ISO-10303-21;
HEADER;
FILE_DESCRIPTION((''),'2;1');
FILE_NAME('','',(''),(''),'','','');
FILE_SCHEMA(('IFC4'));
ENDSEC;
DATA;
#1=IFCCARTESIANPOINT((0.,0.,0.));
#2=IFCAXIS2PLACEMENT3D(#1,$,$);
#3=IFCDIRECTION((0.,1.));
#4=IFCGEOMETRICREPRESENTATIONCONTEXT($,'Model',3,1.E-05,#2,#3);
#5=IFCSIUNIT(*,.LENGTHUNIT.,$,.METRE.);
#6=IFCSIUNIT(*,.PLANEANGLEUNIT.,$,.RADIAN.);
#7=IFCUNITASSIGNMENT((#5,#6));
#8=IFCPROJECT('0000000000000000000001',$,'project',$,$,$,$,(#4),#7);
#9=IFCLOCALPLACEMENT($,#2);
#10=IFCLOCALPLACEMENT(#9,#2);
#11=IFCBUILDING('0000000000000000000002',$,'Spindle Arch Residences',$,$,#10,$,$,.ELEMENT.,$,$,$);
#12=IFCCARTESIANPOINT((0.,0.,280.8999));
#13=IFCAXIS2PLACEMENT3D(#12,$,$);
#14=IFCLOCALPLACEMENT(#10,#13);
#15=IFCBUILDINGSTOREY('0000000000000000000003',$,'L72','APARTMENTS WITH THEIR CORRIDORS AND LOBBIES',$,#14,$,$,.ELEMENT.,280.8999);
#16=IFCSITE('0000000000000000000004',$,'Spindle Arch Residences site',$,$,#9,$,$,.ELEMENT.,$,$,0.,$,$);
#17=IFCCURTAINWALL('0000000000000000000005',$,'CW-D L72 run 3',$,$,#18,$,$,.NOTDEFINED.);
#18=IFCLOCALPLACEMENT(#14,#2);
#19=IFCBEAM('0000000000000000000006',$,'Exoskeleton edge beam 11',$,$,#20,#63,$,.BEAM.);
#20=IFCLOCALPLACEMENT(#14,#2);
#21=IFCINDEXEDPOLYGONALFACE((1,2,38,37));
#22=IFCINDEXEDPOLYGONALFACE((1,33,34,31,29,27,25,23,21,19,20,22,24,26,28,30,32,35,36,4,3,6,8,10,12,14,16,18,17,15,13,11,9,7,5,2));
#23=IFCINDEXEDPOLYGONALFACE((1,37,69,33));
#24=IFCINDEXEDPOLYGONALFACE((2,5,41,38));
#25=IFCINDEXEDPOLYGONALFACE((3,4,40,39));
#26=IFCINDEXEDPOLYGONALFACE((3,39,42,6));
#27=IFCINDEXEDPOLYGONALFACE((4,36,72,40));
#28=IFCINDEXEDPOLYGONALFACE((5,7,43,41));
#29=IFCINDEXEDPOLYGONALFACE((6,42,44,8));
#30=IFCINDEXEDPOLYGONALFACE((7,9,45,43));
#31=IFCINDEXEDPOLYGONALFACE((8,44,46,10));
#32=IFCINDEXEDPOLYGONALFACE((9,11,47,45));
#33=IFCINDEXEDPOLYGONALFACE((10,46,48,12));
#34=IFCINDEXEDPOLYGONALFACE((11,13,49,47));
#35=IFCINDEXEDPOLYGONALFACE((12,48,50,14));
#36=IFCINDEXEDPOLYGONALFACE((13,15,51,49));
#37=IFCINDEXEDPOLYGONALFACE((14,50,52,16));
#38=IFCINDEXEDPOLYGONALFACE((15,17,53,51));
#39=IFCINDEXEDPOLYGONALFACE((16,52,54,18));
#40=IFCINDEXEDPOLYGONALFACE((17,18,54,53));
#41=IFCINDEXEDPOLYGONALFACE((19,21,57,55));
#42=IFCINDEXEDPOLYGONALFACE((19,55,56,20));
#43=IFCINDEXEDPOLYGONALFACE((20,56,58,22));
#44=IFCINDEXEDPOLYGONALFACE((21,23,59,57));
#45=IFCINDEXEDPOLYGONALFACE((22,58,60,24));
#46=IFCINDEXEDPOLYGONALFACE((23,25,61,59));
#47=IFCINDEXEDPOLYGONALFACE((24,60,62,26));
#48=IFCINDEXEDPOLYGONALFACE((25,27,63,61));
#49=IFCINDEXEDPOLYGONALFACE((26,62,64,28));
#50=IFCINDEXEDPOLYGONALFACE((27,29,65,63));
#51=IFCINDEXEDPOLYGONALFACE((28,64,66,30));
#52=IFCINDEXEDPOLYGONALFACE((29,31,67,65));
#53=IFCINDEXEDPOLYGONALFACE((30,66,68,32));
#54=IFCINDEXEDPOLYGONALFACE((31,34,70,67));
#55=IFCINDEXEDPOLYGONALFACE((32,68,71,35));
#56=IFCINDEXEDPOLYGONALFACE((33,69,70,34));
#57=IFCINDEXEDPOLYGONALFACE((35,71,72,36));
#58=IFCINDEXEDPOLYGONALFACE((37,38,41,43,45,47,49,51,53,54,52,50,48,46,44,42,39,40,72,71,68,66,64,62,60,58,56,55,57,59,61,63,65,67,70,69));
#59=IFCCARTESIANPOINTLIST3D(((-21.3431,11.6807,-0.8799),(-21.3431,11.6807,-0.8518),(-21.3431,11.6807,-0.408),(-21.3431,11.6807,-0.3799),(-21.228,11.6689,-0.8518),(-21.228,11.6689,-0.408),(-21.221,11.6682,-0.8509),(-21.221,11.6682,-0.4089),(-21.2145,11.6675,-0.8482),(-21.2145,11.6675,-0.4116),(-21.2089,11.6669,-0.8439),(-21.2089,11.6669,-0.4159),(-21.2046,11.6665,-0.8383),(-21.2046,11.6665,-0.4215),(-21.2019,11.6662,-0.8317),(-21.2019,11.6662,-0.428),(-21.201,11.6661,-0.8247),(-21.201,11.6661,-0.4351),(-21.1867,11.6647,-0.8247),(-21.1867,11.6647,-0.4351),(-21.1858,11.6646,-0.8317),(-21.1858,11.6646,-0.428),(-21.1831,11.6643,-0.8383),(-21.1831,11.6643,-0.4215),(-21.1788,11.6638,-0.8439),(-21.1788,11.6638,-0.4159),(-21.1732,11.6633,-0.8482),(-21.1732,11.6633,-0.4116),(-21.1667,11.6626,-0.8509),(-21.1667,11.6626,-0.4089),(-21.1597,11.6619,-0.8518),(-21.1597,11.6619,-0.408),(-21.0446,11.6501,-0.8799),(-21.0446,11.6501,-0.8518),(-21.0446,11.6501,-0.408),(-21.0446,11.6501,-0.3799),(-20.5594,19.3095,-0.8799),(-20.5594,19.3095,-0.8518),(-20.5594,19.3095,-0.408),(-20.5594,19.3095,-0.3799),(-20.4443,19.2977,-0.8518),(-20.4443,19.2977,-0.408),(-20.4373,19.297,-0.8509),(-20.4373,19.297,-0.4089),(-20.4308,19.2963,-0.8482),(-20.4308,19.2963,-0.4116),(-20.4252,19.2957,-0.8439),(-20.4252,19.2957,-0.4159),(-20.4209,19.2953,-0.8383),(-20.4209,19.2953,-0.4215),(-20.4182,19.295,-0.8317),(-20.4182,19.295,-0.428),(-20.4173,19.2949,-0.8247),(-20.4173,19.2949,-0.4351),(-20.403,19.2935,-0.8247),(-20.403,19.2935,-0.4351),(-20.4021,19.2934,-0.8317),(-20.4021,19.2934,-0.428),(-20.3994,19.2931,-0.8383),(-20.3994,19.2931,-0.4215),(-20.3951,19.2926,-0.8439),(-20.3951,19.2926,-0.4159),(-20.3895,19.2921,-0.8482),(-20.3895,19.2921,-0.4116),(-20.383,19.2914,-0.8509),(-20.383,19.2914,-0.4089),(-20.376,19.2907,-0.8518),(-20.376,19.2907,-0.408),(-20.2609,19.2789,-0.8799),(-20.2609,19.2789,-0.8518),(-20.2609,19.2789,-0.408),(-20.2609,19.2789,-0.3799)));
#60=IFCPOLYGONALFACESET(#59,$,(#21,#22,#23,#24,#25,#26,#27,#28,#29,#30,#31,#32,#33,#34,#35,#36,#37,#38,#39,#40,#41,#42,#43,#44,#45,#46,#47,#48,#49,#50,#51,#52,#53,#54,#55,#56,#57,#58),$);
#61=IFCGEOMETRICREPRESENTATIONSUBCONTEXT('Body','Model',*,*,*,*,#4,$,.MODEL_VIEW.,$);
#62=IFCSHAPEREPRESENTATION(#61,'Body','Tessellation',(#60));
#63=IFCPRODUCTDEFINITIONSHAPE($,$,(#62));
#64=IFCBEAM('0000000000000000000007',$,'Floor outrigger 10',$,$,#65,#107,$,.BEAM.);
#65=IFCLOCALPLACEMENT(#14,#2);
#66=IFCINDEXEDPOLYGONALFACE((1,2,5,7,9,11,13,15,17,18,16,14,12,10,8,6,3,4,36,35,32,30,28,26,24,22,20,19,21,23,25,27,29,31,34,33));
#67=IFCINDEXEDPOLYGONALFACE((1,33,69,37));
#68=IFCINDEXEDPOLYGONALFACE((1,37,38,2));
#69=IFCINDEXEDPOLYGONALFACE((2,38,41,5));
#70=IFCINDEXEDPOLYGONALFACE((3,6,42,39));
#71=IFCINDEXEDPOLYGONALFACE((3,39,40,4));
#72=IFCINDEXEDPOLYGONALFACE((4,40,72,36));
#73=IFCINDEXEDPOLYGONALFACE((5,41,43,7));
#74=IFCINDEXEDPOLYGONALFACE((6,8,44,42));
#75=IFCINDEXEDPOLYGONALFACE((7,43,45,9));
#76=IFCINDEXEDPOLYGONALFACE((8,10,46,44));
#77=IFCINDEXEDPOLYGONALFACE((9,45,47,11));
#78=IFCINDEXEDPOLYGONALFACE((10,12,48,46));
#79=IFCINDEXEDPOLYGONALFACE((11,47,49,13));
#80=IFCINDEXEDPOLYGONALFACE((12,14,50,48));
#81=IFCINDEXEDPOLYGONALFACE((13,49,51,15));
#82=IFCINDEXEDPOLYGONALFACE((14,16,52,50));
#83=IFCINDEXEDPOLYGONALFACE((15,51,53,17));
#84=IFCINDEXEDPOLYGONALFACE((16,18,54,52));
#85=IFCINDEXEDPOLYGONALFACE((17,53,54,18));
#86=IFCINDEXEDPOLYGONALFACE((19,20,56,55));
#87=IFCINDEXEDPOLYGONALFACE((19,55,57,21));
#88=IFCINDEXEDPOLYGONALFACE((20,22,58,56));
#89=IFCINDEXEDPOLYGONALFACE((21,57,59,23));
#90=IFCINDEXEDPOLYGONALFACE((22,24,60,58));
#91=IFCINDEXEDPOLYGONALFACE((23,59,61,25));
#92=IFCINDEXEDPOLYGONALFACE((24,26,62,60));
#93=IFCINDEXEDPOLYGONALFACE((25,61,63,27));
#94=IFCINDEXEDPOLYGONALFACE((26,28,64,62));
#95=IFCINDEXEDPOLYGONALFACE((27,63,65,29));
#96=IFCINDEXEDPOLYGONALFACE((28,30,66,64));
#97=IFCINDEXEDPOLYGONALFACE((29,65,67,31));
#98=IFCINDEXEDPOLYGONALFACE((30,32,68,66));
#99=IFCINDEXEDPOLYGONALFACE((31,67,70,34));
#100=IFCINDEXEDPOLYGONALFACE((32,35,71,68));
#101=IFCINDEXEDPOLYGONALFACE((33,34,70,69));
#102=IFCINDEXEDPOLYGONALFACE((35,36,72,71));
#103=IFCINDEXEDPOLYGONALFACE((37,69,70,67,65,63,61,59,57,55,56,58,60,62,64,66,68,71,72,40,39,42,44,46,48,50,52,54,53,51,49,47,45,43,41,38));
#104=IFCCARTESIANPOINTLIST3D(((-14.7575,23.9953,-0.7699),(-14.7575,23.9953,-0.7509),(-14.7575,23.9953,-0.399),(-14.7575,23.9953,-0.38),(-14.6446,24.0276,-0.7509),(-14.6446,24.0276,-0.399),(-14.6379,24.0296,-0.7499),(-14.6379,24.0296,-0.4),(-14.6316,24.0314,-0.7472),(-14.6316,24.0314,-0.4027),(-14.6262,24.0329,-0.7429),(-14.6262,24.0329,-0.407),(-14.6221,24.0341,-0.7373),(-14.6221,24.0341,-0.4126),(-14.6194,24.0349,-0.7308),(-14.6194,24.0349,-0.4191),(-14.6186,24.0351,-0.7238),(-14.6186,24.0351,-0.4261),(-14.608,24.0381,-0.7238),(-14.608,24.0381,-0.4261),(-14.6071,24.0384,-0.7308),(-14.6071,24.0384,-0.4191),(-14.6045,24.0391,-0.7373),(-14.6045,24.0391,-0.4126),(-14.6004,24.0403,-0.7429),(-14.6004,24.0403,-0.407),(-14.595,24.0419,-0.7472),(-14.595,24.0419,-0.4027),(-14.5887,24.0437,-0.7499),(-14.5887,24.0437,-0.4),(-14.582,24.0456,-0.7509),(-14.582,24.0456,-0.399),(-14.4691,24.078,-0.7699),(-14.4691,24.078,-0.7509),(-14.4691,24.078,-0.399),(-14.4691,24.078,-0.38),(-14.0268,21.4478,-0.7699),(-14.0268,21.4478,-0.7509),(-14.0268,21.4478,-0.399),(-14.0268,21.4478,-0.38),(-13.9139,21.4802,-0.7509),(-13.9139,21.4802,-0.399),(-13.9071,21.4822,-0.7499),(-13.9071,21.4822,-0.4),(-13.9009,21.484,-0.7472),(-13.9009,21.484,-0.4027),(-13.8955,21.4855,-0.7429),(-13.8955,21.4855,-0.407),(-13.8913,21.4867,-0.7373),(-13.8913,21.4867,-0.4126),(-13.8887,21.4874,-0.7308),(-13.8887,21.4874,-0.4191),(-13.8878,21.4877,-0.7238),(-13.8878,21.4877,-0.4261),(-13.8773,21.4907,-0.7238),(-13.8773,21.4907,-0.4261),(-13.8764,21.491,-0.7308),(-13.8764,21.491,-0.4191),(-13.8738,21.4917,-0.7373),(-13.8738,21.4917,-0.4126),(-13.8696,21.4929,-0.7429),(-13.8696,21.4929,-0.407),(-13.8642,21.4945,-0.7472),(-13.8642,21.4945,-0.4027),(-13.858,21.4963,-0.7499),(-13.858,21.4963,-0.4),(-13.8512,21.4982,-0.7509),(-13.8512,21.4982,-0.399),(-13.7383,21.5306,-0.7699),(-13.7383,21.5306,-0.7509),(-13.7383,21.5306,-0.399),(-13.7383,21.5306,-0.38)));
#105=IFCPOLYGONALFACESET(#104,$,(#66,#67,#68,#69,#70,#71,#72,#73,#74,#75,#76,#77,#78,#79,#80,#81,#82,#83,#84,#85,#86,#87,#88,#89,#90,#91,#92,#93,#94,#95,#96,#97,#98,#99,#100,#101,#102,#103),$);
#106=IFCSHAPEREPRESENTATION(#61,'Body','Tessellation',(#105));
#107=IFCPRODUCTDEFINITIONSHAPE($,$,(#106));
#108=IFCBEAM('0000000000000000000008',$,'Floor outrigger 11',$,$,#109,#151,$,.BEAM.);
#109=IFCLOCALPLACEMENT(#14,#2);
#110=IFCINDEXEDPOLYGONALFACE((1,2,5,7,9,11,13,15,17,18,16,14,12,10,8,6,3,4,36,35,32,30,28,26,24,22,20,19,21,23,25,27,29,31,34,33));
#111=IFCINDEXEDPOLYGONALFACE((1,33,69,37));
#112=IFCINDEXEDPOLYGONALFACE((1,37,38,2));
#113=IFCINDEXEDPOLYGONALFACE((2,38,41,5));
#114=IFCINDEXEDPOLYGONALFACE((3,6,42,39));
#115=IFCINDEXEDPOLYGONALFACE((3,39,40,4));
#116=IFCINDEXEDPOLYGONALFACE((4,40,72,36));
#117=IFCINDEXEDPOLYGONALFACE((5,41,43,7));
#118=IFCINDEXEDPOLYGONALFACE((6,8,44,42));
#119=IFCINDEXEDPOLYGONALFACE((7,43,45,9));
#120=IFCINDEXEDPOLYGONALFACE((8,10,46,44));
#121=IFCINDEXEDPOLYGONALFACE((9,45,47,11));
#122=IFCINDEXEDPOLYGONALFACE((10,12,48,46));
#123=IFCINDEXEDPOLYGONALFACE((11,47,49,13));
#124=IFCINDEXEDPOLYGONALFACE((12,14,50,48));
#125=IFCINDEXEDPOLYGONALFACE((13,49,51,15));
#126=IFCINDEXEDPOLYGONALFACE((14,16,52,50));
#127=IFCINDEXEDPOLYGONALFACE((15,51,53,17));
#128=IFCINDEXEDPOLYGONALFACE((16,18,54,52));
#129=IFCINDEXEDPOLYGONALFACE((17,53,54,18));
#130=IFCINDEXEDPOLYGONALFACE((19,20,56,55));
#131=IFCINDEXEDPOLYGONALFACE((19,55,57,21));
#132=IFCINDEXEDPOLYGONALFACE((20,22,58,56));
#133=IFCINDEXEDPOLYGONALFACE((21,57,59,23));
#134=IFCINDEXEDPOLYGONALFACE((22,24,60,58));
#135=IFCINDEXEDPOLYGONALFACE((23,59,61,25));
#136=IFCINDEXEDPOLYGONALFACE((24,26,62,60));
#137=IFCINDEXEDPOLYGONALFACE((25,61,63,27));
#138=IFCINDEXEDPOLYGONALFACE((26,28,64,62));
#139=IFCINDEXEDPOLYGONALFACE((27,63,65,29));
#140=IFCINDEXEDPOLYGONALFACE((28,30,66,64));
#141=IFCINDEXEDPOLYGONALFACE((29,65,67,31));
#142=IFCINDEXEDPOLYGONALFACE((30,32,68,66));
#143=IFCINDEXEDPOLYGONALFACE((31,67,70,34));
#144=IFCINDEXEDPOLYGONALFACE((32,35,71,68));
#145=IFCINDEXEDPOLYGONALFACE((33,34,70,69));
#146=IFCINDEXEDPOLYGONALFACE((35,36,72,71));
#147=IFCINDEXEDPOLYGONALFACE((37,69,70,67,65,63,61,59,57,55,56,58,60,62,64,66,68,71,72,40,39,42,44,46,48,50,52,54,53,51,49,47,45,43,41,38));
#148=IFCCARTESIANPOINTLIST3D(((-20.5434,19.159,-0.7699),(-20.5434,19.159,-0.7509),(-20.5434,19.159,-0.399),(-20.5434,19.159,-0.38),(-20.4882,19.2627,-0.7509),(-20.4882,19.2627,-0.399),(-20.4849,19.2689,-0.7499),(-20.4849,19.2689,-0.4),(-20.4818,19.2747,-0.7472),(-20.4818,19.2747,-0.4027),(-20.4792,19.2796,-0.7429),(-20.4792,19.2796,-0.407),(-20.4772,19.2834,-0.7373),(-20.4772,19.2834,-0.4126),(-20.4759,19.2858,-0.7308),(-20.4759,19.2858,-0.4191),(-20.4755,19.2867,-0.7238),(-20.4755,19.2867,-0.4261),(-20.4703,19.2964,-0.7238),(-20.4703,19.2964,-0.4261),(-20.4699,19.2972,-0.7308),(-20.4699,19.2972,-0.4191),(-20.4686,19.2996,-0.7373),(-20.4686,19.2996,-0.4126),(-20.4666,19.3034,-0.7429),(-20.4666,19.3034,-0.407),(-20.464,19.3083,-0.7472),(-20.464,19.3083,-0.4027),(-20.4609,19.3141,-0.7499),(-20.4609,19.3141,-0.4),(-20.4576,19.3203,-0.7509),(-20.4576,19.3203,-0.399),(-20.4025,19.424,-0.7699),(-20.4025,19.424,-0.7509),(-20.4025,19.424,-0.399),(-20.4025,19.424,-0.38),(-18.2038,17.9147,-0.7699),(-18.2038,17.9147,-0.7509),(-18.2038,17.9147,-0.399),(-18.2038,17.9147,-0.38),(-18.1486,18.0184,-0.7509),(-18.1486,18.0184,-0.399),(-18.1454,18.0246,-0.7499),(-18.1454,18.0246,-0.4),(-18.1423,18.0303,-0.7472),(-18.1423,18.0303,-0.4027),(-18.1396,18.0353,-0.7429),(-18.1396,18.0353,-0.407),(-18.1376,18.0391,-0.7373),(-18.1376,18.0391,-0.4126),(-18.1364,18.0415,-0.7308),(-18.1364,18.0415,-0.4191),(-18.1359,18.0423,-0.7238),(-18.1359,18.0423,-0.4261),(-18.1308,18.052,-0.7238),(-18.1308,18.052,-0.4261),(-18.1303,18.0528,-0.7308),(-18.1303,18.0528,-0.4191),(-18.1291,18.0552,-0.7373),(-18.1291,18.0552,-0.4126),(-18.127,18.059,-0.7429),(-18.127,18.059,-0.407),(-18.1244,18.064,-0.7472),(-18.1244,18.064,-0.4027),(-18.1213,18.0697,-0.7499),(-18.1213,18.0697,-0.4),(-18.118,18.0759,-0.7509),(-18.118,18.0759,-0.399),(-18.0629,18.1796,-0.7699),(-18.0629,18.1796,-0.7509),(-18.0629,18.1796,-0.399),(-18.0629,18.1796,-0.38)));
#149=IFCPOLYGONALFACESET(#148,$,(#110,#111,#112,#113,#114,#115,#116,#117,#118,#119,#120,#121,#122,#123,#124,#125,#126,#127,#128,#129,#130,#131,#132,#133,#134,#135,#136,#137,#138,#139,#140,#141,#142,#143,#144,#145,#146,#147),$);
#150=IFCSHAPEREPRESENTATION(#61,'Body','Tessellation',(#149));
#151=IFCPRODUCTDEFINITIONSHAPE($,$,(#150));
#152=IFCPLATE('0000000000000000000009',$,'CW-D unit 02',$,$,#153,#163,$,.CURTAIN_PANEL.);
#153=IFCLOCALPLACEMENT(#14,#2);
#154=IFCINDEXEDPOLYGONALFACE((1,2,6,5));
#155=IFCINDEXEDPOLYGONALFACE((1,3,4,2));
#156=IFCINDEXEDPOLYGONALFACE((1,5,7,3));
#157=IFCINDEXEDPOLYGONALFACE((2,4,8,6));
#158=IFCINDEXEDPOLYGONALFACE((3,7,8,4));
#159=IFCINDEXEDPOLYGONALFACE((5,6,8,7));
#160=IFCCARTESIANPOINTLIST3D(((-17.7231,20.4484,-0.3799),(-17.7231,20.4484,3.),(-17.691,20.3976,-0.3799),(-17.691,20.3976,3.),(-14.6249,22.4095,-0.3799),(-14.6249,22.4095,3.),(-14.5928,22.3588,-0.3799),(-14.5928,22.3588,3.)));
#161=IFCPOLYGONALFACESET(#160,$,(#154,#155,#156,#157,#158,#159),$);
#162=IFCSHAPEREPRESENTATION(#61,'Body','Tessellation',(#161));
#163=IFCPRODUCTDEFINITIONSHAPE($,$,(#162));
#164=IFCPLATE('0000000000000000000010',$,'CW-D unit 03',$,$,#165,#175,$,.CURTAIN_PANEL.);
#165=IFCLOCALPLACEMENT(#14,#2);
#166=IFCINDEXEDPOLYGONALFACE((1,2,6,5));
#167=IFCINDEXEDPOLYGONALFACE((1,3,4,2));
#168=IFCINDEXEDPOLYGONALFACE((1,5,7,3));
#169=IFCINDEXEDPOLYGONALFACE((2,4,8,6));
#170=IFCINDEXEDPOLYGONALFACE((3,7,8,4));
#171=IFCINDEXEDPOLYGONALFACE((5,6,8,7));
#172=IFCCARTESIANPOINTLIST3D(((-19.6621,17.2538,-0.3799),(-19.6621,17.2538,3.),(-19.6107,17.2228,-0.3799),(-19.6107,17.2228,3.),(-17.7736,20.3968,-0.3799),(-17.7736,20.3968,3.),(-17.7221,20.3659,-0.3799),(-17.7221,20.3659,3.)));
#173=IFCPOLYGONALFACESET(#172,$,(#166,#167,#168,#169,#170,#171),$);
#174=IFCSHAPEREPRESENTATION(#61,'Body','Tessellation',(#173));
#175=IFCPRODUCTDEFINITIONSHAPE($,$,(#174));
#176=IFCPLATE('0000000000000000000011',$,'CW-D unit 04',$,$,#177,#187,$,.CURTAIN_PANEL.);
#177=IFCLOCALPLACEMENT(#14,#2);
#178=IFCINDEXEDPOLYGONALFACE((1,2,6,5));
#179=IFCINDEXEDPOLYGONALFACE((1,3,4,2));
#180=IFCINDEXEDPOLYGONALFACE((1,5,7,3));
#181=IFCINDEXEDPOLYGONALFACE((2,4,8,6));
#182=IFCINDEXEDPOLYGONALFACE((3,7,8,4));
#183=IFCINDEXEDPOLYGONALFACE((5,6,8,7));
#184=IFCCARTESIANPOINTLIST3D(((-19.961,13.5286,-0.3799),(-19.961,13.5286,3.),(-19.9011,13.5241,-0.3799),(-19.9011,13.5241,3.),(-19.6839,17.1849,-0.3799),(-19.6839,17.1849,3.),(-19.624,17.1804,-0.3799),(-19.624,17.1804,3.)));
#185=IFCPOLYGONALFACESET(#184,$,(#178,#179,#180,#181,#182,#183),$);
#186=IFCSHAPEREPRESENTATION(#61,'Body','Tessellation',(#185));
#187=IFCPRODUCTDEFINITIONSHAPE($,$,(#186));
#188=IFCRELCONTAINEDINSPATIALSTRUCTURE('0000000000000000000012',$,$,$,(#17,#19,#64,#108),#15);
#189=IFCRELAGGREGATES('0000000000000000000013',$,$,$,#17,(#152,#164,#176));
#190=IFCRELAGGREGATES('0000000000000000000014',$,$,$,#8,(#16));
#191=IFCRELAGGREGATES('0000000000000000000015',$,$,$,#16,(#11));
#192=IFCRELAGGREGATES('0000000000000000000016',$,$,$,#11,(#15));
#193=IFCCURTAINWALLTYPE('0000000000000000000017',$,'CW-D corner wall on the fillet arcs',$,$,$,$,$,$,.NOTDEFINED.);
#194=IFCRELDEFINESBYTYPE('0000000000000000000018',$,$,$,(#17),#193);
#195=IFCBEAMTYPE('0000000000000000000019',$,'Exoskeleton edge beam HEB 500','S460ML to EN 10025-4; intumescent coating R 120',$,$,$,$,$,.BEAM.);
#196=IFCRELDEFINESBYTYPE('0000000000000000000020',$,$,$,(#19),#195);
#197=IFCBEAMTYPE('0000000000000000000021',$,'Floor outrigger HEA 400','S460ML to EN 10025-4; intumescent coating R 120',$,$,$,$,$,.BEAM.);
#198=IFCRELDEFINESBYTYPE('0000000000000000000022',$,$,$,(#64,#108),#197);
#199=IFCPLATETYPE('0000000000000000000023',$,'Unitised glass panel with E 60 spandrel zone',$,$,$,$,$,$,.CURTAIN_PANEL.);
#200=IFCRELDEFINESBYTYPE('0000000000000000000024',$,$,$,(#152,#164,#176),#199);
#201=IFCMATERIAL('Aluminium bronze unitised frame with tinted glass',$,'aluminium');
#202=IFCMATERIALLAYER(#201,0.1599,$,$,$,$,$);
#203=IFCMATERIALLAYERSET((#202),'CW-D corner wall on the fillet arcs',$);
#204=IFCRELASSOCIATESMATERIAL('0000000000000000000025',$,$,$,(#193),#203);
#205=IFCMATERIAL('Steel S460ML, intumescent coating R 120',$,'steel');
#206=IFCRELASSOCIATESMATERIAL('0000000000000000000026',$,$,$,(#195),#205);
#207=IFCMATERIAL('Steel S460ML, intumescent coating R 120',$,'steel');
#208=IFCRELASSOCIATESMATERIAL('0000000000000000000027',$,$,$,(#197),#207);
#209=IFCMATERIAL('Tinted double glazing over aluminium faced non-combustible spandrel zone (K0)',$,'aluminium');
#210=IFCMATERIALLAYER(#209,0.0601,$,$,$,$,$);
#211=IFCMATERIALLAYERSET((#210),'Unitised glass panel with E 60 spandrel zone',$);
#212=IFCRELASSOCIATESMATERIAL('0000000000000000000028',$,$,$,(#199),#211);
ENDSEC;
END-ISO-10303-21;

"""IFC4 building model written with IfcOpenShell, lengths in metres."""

from ifc_helpers import new_model, si_unit, direction, frame, origin, origin_2d, place, context, subcontext, project, spatial, rectangle, i_section, extrude, material, layer, layer_set, material_profile, profile_set, type_object, element, aggregate, save


model = new_model("IFC4")

# Units and contexts
model_context = context("Model", 3, precision=1e-05, world=origin(), true_north=direction((0.0, 1.0)))
body_context = subcontext(model_context, "Body", "Model", "MODEL_VIEW")
ifc_project = project(units=[si_unit("LENGTHUNIT", "METRE"), si_unit("PLANEANGLEUNIT", "RADIAN")], contexts=[model_context])

# Site, building, storey
site_placement = place(None, origin())
site = spatial("IfcSite", under=ifc_project, at=site_placement, Name="Spindle Arch Residences site", CompositionType="ELEMENT", RefElevation=0.0)
building_placement = place(site_placement, origin())
building = spatial("IfcBuilding", under=site, at=building_placement, Name="Spindle Arch Residences", CompositionType="ELEMENT")
storey_placement = place(building_placement, frame((0.0, 0.0, 280.8999)))
storey = spatial("IfcBuildingStorey", under=building, at=storey_placement, Name="L72", Description="APARTMENTS WITH THEIR CORRIDORS AND LOBBIES", CompositionType="ELEMENT", Elevation=280.8999)

# Curtain wall
ifc_material_1 = material(Name="Aluminium bronze unitised frame with tinted glass", Category="aluminium")
ifc_layer_1 = layer(ifc_material_1, 0.1599)
ifc_layer_set_1 = layer_set([ifc_layer_1], Name="CW-D corner wall on the fillet arcs")
curtain_wall_type = type_object("IfcCurtainWallType", Name="CW-D corner wall on the fillet arcs", PredefinedType="NOTDEFINED", material=ifc_layer_set_1)
curtain_wall_placement = place(storey_placement, origin())
curtain_wall = element("IfcCurtainWall", 1, at=curtain_wall_placement, inside=storey, type_object=curtain_wall_type, Name="CW-D L72 run 3", PredefinedType="NOTDEFINED")

# Beams
ifc_material_2 = material(Name="Steel S460ML, intumescent coating R 120", Category="steel")
ifc_material_profile_1 = material_profile(ifc_material_2, i_section(OverallWidth=0.3, OverallDepth=0.5, WebThickness=0.0144, FlangeThickness=0.0281, FilletRadius=0.0271, at=origin_2d()), Name="HEB 500")
ifc_profile_set_1 = profile_set([ifc_material_profile_1], Name="Steel S460ML, intumescent coating R 120")
beam_type_1 = type_object("IfcBeamType", Name="Exoskeleton edge beam HEB 500", Description="S460ML to EN 10025-4; intumescent coating R 120", PredefinedType="BEAM", material=ifc_profile_set_1)
beam_1_placement = place(storey_placement, frame((-20.4102, 19.2942, -0.6299), z_axis=(-0.102189, -0.994765, 0.0), x_axis=(0.994765, -0.102189, 0.0)))
element("IfcBeam", 2, at=beam_1_placement, inside=storey, type_object=beam_type_1, Name="Exoskeleton edge beam 11", PredefinedType="BEAM", context=body_context, shape_type="SweptSolid", body=[
    extrude(i_section(OverallWidth=0.3, OverallDepth=0.5, WebThickness=0.0144, FlangeThickness=0.0281, FilletRadius=0.0271, at=origin_2d()), origin(), (0.0, 0.0, 1.0), 7.6689),
])
ifc_material_3 = material(Name="Steel S460ML, intumescent coating R 120", Category="steel")
ifc_material_profile_2 = material_profile(ifc_material_3, i_section(OverallWidth=0.3, OverallDepth=0.3899, WebThickness=0.011, FlangeThickness=0.019, FilletRadius=0.0271, at=origin_2d()), Name="HEA 400")
ifc_profile_set_2 = profile_set([ifc_material_profile_2], Name="Steel S460ML, intumescent coating R 120")
beam_type_2 = type_object("IfcBeamType", Name="Floor outrigger HEA 400", Description="S460ML to EN 10025-4; intumescent coating R 120", PredefinedType="BEAM", material=ifc_profile_set_2)
beam_2_placement = place(storey_placement, frame((-14.6133, 24.0366, -0.575), z_axis=(0.275731, -0.961235, 0.0), x_axis=(0.961235, 0.275731, 0.0)))
element("IfcBeam", 3, at=beam_2_placement, inside=storey, type_object=beam_type_2, Name="Floor outrigger 10", PredefinedType="BEAM", context=body_context, shape_type="SweptSolid", body=[
    extrude(i_section(OverallWidth=0.3, OverallDepth=0.3899, WebThickness=0.011, FlangeThickness=0.019, FilletRadius=0.0271, at=origin_2d()), origin(), (0.0, 0.0, 1.0), 2.6501),
])
beam_3_placement = place(storey_placement, frame((-20.4729, 19.2915, -0.575), z_axis=(0.882885, -0.469589, 0.0), x_axis=(0.469589, 0.882885, 0.0)))
element("IfcBeam", 4, at=beam_3_placement, inside=storey, type_object=beam_type_2, Name="Floor outrigger 11", PredefinedType="BEAM", context=body_context, shape_type="SweptSolid", body=[
    extrude(i_section(OverallWidth=0.3, OverallDepth=0.3899, WebThickness=0.011, FlangeThickness=0.019, FilletRadius=0.0271, at=origin_2d()), origin(), (0.0, 0.0, 1.0), 2.6499),
])

# Plates
ifc_material_4 = material(Name="Tinted double glazing over aluminium faced non-combustible spandrel zone (K0)", Category="aluminium")
ifc_layer_2 = layer(ifc_material_4, 0.0601)
ifc_layer_set_2 = layer_set([ifc_layer_2], Name="Unitised glass panel with E 60 spandrel zone")
plate_type = type_object("IfcPlateType", Name="Unitised glass panel with E 60 spandrel zone", PredefinedType="CURTAIN_PANEL", material=ifc_layer_set_2)
plate_1_placement = place(storey_placement, frame((-16.158, 21.4036, -0.3799), z_axis=(0.0, 0.0, 1.0), x_axis=(-0.844951, -0.534844, 0.0)))
plate_1 = element("IfcPlate", 5, at=plate_1_placement, type_object=plate_type, Name="CW-D unit 02", PredefinedType="CURTAIN_PANEL", context=body_context, shape_type="SweptSolid", body=[
    extrude(rectangle(XDim=3.6667, YDim=0.0601, at=origin_2d()), origin(), (0.0, 0.0, 1.0), 3.3799),
])
plate_2_placement = place(storey_placement, frame((-18.6921, 18.8098, -0.3799), z_axis=(0.0, 0.0, 1.0), x_axis=(-0.515038, -0.857167, 0.0)))
plate_2 = element("IfcPlate", 6, at=plate_2_placement, type_object=plate_type, Name="CW-D unit 03", PredefinedType="CURTAIN_PANEL", context=body_context, shape_type="SweptSolid", body=[
    extrude(rectangle(XDim=3.6667, YDim=0.0601, at=origin_2d()), origin(), (0.0, 0.0, 1.0), 3.3799),
])
plate_3_placement = place(storey_placement, frame((-19.7925, 15.3545, -0.3799), z_axis=(0.0, 0.0, 1.0), x_axis=(-0.075559, -0.997141, 0.0)))
plate_3 = element("IfcPlate", 7, at=plate_3_placement, type_object=plate_type, Name="CW-D unit 04", PredefinedType="CURTAIN_PANEL", context=body_context, shape_type="SweptSolid", body=[
    extrude(rectangle(XDim=3.6667, YDim=0.0601, at=origin_2d()), origin(), (0.0, 0.0, 1.0), 3.3799),
])
aggregate(curtain_wall, [plate_1, plate_2, plate_3])

save(model, "model.ifc")
